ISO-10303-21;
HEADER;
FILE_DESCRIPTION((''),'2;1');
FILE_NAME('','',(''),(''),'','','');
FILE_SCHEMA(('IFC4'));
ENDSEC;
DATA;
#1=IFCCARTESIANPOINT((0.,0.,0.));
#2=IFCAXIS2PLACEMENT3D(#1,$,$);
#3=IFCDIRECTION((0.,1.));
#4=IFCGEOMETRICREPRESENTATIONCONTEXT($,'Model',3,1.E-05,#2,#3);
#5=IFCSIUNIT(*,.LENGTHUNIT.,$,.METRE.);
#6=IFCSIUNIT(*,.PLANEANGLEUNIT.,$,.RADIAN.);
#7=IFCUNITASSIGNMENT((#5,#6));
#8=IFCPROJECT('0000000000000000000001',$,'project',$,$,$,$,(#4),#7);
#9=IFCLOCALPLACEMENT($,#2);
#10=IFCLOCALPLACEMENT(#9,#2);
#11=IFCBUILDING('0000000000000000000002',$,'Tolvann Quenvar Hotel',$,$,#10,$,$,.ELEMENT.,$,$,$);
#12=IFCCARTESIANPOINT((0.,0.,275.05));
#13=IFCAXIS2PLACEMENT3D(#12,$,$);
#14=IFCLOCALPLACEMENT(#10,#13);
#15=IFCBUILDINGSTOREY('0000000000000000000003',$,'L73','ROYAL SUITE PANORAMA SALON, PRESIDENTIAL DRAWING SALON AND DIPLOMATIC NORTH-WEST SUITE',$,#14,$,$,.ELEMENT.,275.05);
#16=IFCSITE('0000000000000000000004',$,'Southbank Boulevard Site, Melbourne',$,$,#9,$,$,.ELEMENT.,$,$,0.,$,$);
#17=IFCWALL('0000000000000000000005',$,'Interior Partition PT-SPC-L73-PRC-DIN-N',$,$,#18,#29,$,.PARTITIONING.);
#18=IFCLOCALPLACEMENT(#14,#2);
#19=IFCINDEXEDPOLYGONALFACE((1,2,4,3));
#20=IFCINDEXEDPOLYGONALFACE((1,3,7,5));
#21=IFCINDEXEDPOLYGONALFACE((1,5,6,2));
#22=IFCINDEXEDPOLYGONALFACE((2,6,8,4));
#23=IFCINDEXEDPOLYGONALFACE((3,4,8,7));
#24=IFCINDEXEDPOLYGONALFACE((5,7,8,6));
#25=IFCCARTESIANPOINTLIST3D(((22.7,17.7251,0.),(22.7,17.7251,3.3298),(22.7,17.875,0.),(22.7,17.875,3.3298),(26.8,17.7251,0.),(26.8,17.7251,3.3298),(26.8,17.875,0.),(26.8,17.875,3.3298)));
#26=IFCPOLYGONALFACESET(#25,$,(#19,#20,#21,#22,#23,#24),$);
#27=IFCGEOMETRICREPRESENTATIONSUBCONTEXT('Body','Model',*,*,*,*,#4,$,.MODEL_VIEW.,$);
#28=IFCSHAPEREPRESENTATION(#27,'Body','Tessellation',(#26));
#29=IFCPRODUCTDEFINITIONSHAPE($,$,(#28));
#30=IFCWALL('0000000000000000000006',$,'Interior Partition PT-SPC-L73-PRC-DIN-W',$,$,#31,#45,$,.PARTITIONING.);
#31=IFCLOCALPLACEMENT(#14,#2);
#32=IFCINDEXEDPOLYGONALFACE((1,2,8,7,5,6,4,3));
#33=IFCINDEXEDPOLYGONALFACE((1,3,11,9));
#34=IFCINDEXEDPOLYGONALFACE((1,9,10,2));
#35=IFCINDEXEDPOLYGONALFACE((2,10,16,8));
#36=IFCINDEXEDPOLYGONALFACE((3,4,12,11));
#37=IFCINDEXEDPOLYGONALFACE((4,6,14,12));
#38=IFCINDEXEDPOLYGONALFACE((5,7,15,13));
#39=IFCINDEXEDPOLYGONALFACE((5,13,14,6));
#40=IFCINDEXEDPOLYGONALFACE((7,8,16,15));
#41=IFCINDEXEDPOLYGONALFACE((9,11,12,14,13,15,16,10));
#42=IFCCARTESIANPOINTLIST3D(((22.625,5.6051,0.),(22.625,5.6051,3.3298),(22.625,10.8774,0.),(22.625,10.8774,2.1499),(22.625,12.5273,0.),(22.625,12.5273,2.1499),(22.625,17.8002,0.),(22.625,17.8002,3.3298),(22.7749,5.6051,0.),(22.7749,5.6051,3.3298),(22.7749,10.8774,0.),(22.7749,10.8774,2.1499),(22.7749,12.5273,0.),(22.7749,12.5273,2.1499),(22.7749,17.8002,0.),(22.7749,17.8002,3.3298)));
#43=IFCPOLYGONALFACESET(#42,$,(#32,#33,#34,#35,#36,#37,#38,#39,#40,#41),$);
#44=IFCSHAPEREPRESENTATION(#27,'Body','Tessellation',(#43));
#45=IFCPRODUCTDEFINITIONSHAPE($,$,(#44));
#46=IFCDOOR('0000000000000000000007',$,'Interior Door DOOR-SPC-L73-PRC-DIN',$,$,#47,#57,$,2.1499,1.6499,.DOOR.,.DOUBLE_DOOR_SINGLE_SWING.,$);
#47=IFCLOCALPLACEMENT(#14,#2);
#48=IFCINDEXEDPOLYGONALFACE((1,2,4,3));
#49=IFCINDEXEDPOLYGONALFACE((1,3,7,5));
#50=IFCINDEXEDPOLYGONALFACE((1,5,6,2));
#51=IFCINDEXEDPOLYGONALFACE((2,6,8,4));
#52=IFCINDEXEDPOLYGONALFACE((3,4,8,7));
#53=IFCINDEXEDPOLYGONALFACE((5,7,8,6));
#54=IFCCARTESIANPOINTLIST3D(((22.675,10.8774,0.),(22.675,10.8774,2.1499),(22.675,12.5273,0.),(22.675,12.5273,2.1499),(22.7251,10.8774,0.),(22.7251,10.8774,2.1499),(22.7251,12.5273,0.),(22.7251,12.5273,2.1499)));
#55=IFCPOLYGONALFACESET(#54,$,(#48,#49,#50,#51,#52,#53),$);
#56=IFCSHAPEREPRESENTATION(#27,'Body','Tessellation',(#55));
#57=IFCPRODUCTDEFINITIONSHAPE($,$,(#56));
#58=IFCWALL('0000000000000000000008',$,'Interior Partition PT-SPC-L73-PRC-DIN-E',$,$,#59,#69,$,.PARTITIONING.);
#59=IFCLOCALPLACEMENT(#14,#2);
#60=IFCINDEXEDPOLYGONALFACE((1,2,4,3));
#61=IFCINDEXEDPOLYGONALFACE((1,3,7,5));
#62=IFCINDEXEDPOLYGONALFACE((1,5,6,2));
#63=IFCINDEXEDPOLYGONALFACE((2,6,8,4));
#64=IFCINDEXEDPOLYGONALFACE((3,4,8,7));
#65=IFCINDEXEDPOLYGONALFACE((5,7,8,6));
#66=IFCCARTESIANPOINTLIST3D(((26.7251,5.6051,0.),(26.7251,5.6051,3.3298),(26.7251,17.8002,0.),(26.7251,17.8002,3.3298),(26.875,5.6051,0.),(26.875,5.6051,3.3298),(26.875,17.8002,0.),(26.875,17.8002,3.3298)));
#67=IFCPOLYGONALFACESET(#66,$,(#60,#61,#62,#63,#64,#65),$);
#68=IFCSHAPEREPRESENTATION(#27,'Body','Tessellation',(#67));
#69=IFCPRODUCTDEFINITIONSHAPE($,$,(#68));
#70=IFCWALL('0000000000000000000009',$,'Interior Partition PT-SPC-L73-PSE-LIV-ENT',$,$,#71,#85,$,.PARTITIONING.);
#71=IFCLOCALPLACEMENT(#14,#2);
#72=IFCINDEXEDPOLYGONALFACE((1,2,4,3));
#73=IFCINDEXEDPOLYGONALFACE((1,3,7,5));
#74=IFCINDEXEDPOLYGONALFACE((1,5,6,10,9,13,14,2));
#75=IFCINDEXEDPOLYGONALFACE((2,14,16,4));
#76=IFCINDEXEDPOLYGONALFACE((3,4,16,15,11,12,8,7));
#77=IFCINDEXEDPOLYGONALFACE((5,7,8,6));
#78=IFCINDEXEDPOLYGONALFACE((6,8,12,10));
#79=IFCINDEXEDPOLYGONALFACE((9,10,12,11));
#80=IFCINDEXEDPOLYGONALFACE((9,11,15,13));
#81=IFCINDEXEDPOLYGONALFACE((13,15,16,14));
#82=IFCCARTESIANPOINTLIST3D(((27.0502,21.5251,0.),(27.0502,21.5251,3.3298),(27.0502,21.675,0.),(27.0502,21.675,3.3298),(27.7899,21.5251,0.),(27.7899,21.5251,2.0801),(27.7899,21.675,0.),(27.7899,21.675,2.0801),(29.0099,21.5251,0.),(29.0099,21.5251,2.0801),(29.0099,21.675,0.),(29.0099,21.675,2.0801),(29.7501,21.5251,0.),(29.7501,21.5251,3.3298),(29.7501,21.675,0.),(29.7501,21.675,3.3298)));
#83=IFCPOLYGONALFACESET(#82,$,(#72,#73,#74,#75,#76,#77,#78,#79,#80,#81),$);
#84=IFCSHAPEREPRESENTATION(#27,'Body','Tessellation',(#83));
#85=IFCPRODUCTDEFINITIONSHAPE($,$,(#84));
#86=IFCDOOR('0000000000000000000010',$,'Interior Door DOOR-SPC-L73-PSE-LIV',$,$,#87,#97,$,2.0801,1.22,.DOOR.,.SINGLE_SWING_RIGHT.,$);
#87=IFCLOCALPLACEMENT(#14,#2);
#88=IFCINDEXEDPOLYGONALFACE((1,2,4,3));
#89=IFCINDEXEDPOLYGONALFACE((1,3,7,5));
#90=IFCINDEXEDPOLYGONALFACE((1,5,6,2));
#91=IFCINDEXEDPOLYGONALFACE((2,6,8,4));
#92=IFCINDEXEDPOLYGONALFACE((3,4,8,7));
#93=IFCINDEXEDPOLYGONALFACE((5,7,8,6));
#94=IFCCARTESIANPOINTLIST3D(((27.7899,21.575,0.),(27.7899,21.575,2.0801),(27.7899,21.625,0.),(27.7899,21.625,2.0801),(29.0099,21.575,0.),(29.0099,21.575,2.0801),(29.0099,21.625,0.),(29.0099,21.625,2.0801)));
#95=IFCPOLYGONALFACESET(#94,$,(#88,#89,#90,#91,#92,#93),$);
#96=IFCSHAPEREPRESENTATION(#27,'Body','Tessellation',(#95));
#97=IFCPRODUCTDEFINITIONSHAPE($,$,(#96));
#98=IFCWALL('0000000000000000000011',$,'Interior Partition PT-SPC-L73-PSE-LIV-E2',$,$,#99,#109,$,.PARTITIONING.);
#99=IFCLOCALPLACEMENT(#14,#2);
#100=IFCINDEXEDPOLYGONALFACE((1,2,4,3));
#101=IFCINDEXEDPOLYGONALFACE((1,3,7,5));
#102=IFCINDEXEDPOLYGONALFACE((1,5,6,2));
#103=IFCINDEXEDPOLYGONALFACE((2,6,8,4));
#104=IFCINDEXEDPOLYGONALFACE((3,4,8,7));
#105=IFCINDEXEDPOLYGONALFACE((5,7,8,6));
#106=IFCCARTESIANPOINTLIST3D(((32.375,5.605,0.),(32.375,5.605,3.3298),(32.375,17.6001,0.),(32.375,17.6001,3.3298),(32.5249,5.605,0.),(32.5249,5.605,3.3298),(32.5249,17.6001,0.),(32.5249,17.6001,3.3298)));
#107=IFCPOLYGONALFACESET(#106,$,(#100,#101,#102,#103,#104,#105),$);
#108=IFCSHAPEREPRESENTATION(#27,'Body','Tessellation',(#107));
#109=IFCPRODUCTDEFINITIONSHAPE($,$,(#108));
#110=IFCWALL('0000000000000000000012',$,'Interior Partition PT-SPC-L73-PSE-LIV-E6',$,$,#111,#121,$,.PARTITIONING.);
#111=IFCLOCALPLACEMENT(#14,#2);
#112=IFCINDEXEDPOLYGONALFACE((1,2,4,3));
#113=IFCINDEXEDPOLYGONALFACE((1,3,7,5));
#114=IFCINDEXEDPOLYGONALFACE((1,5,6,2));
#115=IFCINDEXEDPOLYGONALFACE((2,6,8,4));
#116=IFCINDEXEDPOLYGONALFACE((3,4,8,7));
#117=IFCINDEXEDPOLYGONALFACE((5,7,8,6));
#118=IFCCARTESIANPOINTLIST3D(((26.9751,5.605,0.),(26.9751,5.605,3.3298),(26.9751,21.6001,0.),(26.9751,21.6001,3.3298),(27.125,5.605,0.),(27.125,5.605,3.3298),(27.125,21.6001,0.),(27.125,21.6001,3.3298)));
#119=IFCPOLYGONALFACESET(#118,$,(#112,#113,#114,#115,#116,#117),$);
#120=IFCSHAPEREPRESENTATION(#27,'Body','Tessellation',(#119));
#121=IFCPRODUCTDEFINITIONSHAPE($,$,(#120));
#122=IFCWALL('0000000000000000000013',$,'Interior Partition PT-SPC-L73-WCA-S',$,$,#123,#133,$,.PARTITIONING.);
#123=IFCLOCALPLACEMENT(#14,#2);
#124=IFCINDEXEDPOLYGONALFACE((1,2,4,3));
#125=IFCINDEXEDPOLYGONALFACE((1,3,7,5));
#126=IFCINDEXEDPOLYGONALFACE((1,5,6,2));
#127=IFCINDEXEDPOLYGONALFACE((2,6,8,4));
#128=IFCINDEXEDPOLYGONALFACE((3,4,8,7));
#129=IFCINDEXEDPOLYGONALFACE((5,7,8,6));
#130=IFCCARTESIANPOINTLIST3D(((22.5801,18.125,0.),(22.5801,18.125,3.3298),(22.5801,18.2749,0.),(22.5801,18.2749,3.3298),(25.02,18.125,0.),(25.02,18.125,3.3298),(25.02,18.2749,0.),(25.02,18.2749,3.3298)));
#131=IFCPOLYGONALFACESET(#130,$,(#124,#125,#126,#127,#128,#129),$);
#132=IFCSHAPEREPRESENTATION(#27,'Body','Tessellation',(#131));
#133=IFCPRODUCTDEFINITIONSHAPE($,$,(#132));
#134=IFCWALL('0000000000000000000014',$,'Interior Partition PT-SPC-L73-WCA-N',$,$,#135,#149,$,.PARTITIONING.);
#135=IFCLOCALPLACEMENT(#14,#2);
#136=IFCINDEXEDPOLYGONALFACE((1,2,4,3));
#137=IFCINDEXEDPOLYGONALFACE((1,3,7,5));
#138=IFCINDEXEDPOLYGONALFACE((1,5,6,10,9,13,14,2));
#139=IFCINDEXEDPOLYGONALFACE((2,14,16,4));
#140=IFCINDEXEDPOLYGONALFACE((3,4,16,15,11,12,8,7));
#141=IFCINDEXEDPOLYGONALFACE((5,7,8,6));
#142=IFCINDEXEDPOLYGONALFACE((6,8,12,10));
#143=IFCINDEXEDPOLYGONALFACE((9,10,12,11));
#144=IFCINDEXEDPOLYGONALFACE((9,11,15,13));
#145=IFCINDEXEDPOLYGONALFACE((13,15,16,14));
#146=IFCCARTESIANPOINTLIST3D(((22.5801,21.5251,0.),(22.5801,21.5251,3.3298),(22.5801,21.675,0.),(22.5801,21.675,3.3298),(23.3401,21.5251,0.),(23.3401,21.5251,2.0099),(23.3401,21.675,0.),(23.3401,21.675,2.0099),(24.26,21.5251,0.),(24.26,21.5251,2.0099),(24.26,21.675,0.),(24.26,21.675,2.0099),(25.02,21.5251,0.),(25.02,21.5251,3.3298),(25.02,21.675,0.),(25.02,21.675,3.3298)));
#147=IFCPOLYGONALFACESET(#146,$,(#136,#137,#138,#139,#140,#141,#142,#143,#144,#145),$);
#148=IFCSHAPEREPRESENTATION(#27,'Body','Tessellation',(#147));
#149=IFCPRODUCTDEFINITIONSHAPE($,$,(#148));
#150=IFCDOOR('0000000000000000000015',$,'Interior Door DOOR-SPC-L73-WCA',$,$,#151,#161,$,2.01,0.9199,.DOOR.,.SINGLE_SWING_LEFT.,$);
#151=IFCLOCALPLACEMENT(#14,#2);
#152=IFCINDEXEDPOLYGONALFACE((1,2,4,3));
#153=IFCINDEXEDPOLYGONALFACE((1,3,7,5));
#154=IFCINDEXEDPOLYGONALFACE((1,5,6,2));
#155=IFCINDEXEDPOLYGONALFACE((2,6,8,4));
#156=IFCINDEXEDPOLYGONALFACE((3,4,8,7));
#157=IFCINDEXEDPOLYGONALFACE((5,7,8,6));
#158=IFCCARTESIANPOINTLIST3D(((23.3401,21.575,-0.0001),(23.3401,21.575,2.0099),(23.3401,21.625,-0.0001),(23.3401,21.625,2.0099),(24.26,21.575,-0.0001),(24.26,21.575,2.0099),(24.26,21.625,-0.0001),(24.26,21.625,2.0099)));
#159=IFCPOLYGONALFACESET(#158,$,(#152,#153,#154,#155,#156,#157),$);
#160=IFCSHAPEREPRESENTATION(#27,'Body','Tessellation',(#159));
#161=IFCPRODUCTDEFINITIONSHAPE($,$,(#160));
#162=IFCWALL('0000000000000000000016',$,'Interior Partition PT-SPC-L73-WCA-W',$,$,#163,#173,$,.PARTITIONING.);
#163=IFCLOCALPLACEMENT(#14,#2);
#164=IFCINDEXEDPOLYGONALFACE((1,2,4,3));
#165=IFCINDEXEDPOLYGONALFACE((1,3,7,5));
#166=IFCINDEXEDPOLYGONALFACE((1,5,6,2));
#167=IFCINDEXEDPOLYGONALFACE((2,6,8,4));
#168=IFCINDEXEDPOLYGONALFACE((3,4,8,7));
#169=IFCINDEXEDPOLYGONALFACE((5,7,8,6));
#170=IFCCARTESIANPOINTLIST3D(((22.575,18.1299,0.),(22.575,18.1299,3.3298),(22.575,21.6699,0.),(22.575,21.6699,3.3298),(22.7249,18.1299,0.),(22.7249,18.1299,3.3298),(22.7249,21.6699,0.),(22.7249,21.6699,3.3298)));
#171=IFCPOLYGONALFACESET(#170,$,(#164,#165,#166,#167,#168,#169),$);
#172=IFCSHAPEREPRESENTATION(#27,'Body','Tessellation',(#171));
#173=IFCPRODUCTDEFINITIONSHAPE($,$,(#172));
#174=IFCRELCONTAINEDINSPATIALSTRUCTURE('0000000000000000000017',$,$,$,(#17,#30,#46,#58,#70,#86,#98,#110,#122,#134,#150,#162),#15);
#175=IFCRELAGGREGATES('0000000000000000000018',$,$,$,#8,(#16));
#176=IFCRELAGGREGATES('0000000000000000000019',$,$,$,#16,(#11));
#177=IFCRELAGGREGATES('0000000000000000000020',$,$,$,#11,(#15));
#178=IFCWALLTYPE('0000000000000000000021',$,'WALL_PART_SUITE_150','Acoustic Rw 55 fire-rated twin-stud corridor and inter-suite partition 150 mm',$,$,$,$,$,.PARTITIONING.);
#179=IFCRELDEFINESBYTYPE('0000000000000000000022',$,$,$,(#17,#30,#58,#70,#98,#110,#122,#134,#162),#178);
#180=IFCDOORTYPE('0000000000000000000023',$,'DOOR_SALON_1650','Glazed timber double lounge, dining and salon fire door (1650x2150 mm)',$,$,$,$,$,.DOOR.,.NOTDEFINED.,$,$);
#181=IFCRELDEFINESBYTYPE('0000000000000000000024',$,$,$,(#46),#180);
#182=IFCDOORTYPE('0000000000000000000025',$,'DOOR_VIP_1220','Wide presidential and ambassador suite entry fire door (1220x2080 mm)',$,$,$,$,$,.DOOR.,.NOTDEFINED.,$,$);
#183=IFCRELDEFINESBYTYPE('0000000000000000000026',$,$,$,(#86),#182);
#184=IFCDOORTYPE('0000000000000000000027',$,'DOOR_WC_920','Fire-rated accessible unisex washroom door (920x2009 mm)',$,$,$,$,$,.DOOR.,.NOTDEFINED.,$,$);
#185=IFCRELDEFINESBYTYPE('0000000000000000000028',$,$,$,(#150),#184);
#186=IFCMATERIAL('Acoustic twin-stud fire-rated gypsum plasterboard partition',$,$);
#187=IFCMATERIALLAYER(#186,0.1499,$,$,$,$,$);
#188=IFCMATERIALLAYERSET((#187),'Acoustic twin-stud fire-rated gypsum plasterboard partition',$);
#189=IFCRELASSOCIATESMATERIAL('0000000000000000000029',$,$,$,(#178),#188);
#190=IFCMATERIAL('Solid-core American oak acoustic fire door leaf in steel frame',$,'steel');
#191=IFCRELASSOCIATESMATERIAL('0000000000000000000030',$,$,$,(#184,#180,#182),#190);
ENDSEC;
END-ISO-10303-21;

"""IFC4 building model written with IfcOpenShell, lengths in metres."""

from ifc_helpers import new_model, si_unit, direction, frame, frame_2d, origin, place, context, subcontext, project, spatial, rectangle, extrude, source, transform, mapped, material, layer, layer_set, type_object, type_shapes, element, fill, save


model = new_model("IFC4")

# Units and contexts
model_context = context("Model", 3, precision=1e-05, world=origin(), true_north=direction((0.0, 1.0)))
body_context = subcontext(model_context, "Body", "Model", "MODEL_VIEW")
ifc_project = project(units=[si_unit("LENGTHUNIT", "METRE"), si_unit("PLANEANGLEUNIT", "RADIAN")], contexts=[model_context])

# Site, building, storey
site_placement = place(None, origin())
site = spatial("IfcSite", under=ifc_project, at=site_placement, Name="Southbank Boulevard Site, Melbourne", CompositionType="ELEMENT", RefElevation=0.0)
building_placement = place(site_placement, origin())
building = spatial("IfcBuilding", under=site, at=building_placement, Name="Tolvann Quenvar Hotel", CompositionType="ELEMENT")
storey_placement = place(building_placement, frame((0.0, 0.0, 275.05)))
storey = spatial("IfcBuildingStorey", under=building, at=storey_placement, Name="L73", Description="ROYAL SUITE PANORAMA SALON, PRESIDENTIAL DRAWING SALON AND DIPLOMATIC NORTH-WEST SUITE", CompositionType="ELEMENT", Elevation=275.05)

# Shared definitions
ifc_material_1 = material(Name="Acoustic twin-stud fire-rated gypsum plasterboard partition")
ifc_layer_1 = layer(ifc_material_1, 0.1499)
ifc_layer_set_1 = layer_set([ifc_layer_1], Name="Acoustic twin-stud fire-rated gypsum plasterboard partition")
wall_type_1 = type_object("IfcWallType", Name="WALL_PART_SUITE_150", Description="Acoustic Rw 55 fire-rated twin-stud corridor and inter-suite partition 150 mm", PredefinedType="PARTITIONING", material=ifc_layer_set_1)
ifc_material_2 = material(Name="Solid-core American oak acoustic fire door leaf in steel frame", Category="steel")
door_type_1 = type_object("IfcDoorType", Name="DOOR_WC_920", Description="Fire-rated accessible unisex washroom door (920x2009 mm)", OperationType="NOTDEFINED", PredefinedType="DOOR", material=ifc_material_2)
shared_shape_1 = source(origin(), body_context, "Body", "SweptSolid", [
    extrude(rectangle(XDim=0.9199, YDim=2.01, at=frame_2d((0.46, 1.0049))), frame((0.0, 0.0249, 0.0), z_axis=(0.0, -1.0, 0.0), x_axis=(1.0, 0.0, 0.0)), (0.0, 0.0, 1.0), 0.05),
])
type_shapes(door_type_1, [shared_shape_1])

# Wall
wall_1_placement = place(storey_placement, frame((22.7, 17.8, 0.0), z_axis=(0.0, 0.0, 1.0), x_axis=(1.0, 0.0, 0.0)))
element("IfcWall", 1, at=wall_1_placement, inside=storey, type_object=wall_type_1, Name="Interior Partition PT-SPC-L73-PRC-DIN-N", PredefinedType="PARTITIONING", context=body_context, shape_type="SweptSolid", body=[
    extrude(rectangle(XDim=4.1001, YDim=0.1499, at=frame_2d((2.05, 0.0))), origin(), (0.0, 0.0, 1.0), 3.3298),
])

# Wall, opening, door
wall_2_placement = place(storey_placement, frame((22.7, 5.605, 0.0), z_axis=(0.0, 0.0, 1.0), x_axis=(0.0, 1.0, 0.0)))
wall_2 = element("IfcWall", 2, at=wall_2_placement, inside=storey, type_object=wall_type_1, Name="Interior Partition PT-SPC-L73-PRC-DIN-W", PredefinedType="PARTITIONING", context=body_context, shape_type="SweptSolid", body=[
    extrude(rectangle(XDim=12.1951, YDim=0.1499, at=frame_2d((6.0977, 0.0))), origin(), (0.0, 0.0, 1.0), 3.3298),
])
opening_1_placement = place(wall_2_placement, frame((5.2725, 0.0, 0.0)))
opening_1 = element("IfcOpeningElement", 3, at=opening_1_placement, cuts=wall_2, PredefinedType="OPENING", context=body_context, shape_type="SweptSolid", body=[
    extrude(rectangle(XDim=1.6499, YDim=2.1499, at=frame_2d((0.825, 1.075))), frame((0.0, 0.085, 0.0), z_axis=(0.0, -1.0, 0.0), x_axis=(1.0, 0.0, 0.0)), (0.0, 0.0, 1.0), 0.1699),
])
door_type_2 = type_object("IfcDoorType", Name="DOOR_SALON_1650", Description="Glazed timber double lounge, dining and salon fire door (1650x2150 mm)", OperationType="NOTDEFINED", PredefinedType="DOOR", material=ifc_material_2)
shared_shape_2 = source(origin(), body_context, "Body", "SweptSolid", [
    extrude(rectangle(XDim=1.6499, YDim=2.1499, at=frame_2d((0.825, 1.075))), frame((0.0, 0.0249, 0.0), z_axis=(0.0, -1.0, 0.0), x_axis=(1.0, 0.0, 0.0)), (0.0, 0.0, 1.0), 0.05),
])
type_shapes(door_type_2, [shared_shape_2])
door_1_placement = place(opening_1_placement, origin())
door_1 = element("IfcDoor", 4, at=door_1_placement, inside=storey, type_object=door_type_2, Name="Interior Door DOOR-SPC-L73-PRC-DIN", OperationType="DOUBLE_DOOR_SINGLE_SWING", OverallHeight=2.1499, OverallWidth=1.6499, PredefinedType="DOOR", context=body_context, shape_type="MappedRepresentation", body=[
    mapped(shared_shape_2, transform((0.0, 0.0, 0.0), x_axis=(1.0, 0.0, 0.0), y_axis=(0.0, 1.0, 0.0), z_axis=(0.0, 0.0, 1.0), scale=1.0)),
])
fill(opening_1, door_1)

# Wall
wall_3_placement = place(storey_placement, frame((26.8, 5.605, 0.0), z_axis=(0.0, 0.0, 1.0), x_axis=(0.0, 1.0, 0.0)))
element("IfcWall", 5, at=wall_3_placement, inside=storey, type_object=wall_type_1, Name="Interior Partition PT-SPC-L73-PRC-DIN-E", PredefinedType="PARTITIONING", context=body_context, shape_type="SweptSolid", body=[
    extrude(rectangle(XDim=12.1951, YDim=0.1499, at=frame_2d((6.0977, 0.0))), origin(), (0.0, 0.0, 1.0), 3.3298),
])

# Wall, opening, door
wall_4_placement = place(storey_placement, frame((27.05, 21.6001, 0.0), z_axis=(0.0, 0.0, 1.0), x_axis=(1.0, 0.0, 0.0)))
wall_4 = element("IfcWall", 6, at=wall_4_placement, inside=storey, type_object=wall_type_1, Name="Interior Partition PT-SPC-L73-PSE-LIV-ENT", PredefinedType="PARTITIONING", context=body_context, shape_type="SweptSolid", body=[
    extrude(rectangle(XDim=2.7, YDim=0.1499, at=frame_2d((1.3501, 0.0))), origin(), (0.0, 0.0, 1.0), 3.3298),
])
opening_2_placement = place(wall_4_placement, frame((0.74, 0.0, 0.0)))
opening_2 = element("IfcOpeningElement", 7, at=opening_2_placement, cuts=wall_4, PredefinedType="OPENING", context=body_context, shape_type="SweptSolid", body=[
    extrude(rectangle(XDim=1.22, YDim=2.0801, at=frame_2d((0.6099, 1.04))), frame((0.0, 0.085, 0.0), z_axis=(0.0, -1.0, 0.0), x_axis=(1.0, 0.0, 0.0)), (0.0, 0.0, 1.0), 0.1699),
])
door_type_3 = type_object("IfcDoorType", Name="DOOR_VIP_1220", Description="Wide presidential and ambassador suite entry fire door (1220x2080 mm)", OperationType="NOTDEFINED", PredefinedType="DOOR", material=ifc_material_2)
shared_shape_3 = source(origin(), body_context, "Body", "SweptSolid", [
    extrude(rectangle(XDim=1.22, YDim=2.0801, at=frame_2d((0.6099, 1.04))), frame((0.0, 0.0249, 0.0), z_axis=(0.0, -1.0, 0.0), x_axis=(1.0, 0.0, 0.0)), (0.0, 0.0, 1.0), 0.05),
])
type_shapes(door_type_3, [shared_shape_3])
door_2_placement = place(opening_2_placement, origin())
door_2 = element("IfcDoor", 8, at=door_2_placement, inside=storey, type_object=door_type_3, Name="Interior Door DOOR-SPC-L73-PSE-LIV", OperationType="SINGLE_SWING_RIGHT", OverallHeight=2.0801, OverallWidth=1.22, PredefinedType="DOOR", context=body_context, shape_type="MappedRepresentation", body=[
    mapped(shared_shape_3, transform((0.0, 0.0, 0.0), x_axis=(1.0, 0.0, 0.0), y_axis=(0.0, 1.0, 0.0), z_axis=(0.0, 0.0, 1.0), scale=1.0)),
])
fill(opening_2, door_2)

# Walls
wall_5_placement = place(storey_placement, frame((32.45, 5.605, 0.0), z_axis=(0.0, 0.0, 1.0), x_axis=(0.0, 1.0, 0.0)))
element("IfcWall", 9, at=wall_5_placement, inside=storey, type_object=wall_type_1, Name="Interior Partition PT-SPC-L73-PSE-LIV-E2", PredefinedType="PARTITIONING", context=body_context, shape_type="SweptSolid", body=[
    extrude(rectangle(XDim=11.9951, YDim=0.1499, at=frame_2d((5.9976, 0.0))), origin(), (0.0, 0.0, 1.0), 3.3298),
])
wall_6_placement = place(storey_placement, frame((27.05, 5.605, 0.0), z_axis=(0.0, 0.0, 1.0), x_axis=(0.0, 1.0, 0.0)))
element("IfcWall", 10, at=wall_6_placement, inside=storey, type_object=wall_type_1, Name="Interior Partition PT-SPC-L73-PSE-LIV-E6", PredefinedType="PARTITIONING", context=body_context, shape_type="SweptSolid", body=[
    extrude(rectangle(XDim=15.9951, YDim=0.1499, at=frame_2d((7.9976, 0.0))), origin(), (0.0, 0.0, 1.0), 3.3298),
])
wall_7_placement = place(storey_placement, frame((22.5801, 18.2, 0.0), z_axis=(0.0, 0.0, 1.0), x_axis=(1.0, 0.0, 0.0)))
element("IfcWall", 11, at=wall_7_placement, inside=storey, type_object=wall_type_1, Name="Interior Partition PT-SPC-L73-WCA-S", PredefinedType="PARTITIONING", context=body_context, shape_type="SweptSolid", body=[
    extrude(rectangle(XDim=2.4399, YDim=0.1499, at=frame_2d((1.22, 0.0))), origin(), (0.0, 0.0, 1.0), 3.3298),
])

# Wall, opening, door
wall_8_placement = place(storey_placement, frame((22.5801, 21.6001, 0.0), z_axis=(0.0, 0.0, 1.0), x_axis=(1.0, 0.0, 0.0)))
wall_8 = element("IfcWall", 12, at=wall_8_placement, inside=storey, type_object=wall_type_1, Name="Interior Partition PT-SPC-L73-WCA-N", PredefinedType="PARTITIONING", context=body_context, shape_type="SweptSolid", body=[
    extrude(rectangle(XDim=2.4399, YDim=0.1499, at=frame_2d((1.22, 0.0))), origin(), (0.0, 0.0, 1.0), 3.3298),
])
opening_3_placement = place(wall_8_placement, frame((0.76, 0.0, 0.0)))
opening_3 = element("IfcOpeningElement", 13, at=opening_3_placement, cuts=wall_8, PredefinedType="OPENING", context=body_context, shape_type="SweptSolid", body=[
    extrude(rectangle(XDim=0.9199, YDim=2.01, at=frame_2d((0.46, 1.0049))), frame((0.0, 0.085, 0.0), z_axis=(0.0, -1.0, 0.0), x_axis=(1.0, 0.0, 0.0)), (0.0, 0.0, 1.0), 0.1699),
])
door_3_placement = place(opening_3_placement, origin())
door_3 = element("IfcDoor", 14, at=door_3_placement, inside=storey, type_object=door_type_1, Name="Interior Door DOOR-SPC-L73-WCA", OperationType="SINGLE_SWING_LEFT", OverallHeight=2.01, OverallWidth=0.9199, PredefinedType="DOOR", context=body_context, shape_type="MappedRepresentation", body=[
    mapped(shared_shape_1, transform((0.0, 0.0, 0.0), x_axis=(1.0, 0.0, 0.0), y_axis=(0.0, 1.0, 0.0), z_axis=(0.0, 0.0, 1.0), scale=1.0)),
])
fill(opening_3, door_3)

# Wall
for number, where, z_axis, x_axis, name in (
    (15, (22.6499, 18.1299, 0.0), (0.0, 0.0, 1.0), (0.0, 1.0, 0.0), "Interior Partition PT-SPC-L73-WCA-W"),
):
    element("IfcWall", number, at=place(storey_placement, frame(where, z_axis=z_axis, x_axis=x_axis)), inside=storey, type_object=wall_type_1, Name=name, PredefinedType="PARTITIONING", context=body_context, shape_type="SweptSolid", body=[
        extrude(rectangle(XDim=3.54, YDim=0.1499, at=frame_2d((1.77, 0.0))), origin(), (0.0, 0.0, 1.0), 3.3298),
    ])

save(model, "model.ifc")
